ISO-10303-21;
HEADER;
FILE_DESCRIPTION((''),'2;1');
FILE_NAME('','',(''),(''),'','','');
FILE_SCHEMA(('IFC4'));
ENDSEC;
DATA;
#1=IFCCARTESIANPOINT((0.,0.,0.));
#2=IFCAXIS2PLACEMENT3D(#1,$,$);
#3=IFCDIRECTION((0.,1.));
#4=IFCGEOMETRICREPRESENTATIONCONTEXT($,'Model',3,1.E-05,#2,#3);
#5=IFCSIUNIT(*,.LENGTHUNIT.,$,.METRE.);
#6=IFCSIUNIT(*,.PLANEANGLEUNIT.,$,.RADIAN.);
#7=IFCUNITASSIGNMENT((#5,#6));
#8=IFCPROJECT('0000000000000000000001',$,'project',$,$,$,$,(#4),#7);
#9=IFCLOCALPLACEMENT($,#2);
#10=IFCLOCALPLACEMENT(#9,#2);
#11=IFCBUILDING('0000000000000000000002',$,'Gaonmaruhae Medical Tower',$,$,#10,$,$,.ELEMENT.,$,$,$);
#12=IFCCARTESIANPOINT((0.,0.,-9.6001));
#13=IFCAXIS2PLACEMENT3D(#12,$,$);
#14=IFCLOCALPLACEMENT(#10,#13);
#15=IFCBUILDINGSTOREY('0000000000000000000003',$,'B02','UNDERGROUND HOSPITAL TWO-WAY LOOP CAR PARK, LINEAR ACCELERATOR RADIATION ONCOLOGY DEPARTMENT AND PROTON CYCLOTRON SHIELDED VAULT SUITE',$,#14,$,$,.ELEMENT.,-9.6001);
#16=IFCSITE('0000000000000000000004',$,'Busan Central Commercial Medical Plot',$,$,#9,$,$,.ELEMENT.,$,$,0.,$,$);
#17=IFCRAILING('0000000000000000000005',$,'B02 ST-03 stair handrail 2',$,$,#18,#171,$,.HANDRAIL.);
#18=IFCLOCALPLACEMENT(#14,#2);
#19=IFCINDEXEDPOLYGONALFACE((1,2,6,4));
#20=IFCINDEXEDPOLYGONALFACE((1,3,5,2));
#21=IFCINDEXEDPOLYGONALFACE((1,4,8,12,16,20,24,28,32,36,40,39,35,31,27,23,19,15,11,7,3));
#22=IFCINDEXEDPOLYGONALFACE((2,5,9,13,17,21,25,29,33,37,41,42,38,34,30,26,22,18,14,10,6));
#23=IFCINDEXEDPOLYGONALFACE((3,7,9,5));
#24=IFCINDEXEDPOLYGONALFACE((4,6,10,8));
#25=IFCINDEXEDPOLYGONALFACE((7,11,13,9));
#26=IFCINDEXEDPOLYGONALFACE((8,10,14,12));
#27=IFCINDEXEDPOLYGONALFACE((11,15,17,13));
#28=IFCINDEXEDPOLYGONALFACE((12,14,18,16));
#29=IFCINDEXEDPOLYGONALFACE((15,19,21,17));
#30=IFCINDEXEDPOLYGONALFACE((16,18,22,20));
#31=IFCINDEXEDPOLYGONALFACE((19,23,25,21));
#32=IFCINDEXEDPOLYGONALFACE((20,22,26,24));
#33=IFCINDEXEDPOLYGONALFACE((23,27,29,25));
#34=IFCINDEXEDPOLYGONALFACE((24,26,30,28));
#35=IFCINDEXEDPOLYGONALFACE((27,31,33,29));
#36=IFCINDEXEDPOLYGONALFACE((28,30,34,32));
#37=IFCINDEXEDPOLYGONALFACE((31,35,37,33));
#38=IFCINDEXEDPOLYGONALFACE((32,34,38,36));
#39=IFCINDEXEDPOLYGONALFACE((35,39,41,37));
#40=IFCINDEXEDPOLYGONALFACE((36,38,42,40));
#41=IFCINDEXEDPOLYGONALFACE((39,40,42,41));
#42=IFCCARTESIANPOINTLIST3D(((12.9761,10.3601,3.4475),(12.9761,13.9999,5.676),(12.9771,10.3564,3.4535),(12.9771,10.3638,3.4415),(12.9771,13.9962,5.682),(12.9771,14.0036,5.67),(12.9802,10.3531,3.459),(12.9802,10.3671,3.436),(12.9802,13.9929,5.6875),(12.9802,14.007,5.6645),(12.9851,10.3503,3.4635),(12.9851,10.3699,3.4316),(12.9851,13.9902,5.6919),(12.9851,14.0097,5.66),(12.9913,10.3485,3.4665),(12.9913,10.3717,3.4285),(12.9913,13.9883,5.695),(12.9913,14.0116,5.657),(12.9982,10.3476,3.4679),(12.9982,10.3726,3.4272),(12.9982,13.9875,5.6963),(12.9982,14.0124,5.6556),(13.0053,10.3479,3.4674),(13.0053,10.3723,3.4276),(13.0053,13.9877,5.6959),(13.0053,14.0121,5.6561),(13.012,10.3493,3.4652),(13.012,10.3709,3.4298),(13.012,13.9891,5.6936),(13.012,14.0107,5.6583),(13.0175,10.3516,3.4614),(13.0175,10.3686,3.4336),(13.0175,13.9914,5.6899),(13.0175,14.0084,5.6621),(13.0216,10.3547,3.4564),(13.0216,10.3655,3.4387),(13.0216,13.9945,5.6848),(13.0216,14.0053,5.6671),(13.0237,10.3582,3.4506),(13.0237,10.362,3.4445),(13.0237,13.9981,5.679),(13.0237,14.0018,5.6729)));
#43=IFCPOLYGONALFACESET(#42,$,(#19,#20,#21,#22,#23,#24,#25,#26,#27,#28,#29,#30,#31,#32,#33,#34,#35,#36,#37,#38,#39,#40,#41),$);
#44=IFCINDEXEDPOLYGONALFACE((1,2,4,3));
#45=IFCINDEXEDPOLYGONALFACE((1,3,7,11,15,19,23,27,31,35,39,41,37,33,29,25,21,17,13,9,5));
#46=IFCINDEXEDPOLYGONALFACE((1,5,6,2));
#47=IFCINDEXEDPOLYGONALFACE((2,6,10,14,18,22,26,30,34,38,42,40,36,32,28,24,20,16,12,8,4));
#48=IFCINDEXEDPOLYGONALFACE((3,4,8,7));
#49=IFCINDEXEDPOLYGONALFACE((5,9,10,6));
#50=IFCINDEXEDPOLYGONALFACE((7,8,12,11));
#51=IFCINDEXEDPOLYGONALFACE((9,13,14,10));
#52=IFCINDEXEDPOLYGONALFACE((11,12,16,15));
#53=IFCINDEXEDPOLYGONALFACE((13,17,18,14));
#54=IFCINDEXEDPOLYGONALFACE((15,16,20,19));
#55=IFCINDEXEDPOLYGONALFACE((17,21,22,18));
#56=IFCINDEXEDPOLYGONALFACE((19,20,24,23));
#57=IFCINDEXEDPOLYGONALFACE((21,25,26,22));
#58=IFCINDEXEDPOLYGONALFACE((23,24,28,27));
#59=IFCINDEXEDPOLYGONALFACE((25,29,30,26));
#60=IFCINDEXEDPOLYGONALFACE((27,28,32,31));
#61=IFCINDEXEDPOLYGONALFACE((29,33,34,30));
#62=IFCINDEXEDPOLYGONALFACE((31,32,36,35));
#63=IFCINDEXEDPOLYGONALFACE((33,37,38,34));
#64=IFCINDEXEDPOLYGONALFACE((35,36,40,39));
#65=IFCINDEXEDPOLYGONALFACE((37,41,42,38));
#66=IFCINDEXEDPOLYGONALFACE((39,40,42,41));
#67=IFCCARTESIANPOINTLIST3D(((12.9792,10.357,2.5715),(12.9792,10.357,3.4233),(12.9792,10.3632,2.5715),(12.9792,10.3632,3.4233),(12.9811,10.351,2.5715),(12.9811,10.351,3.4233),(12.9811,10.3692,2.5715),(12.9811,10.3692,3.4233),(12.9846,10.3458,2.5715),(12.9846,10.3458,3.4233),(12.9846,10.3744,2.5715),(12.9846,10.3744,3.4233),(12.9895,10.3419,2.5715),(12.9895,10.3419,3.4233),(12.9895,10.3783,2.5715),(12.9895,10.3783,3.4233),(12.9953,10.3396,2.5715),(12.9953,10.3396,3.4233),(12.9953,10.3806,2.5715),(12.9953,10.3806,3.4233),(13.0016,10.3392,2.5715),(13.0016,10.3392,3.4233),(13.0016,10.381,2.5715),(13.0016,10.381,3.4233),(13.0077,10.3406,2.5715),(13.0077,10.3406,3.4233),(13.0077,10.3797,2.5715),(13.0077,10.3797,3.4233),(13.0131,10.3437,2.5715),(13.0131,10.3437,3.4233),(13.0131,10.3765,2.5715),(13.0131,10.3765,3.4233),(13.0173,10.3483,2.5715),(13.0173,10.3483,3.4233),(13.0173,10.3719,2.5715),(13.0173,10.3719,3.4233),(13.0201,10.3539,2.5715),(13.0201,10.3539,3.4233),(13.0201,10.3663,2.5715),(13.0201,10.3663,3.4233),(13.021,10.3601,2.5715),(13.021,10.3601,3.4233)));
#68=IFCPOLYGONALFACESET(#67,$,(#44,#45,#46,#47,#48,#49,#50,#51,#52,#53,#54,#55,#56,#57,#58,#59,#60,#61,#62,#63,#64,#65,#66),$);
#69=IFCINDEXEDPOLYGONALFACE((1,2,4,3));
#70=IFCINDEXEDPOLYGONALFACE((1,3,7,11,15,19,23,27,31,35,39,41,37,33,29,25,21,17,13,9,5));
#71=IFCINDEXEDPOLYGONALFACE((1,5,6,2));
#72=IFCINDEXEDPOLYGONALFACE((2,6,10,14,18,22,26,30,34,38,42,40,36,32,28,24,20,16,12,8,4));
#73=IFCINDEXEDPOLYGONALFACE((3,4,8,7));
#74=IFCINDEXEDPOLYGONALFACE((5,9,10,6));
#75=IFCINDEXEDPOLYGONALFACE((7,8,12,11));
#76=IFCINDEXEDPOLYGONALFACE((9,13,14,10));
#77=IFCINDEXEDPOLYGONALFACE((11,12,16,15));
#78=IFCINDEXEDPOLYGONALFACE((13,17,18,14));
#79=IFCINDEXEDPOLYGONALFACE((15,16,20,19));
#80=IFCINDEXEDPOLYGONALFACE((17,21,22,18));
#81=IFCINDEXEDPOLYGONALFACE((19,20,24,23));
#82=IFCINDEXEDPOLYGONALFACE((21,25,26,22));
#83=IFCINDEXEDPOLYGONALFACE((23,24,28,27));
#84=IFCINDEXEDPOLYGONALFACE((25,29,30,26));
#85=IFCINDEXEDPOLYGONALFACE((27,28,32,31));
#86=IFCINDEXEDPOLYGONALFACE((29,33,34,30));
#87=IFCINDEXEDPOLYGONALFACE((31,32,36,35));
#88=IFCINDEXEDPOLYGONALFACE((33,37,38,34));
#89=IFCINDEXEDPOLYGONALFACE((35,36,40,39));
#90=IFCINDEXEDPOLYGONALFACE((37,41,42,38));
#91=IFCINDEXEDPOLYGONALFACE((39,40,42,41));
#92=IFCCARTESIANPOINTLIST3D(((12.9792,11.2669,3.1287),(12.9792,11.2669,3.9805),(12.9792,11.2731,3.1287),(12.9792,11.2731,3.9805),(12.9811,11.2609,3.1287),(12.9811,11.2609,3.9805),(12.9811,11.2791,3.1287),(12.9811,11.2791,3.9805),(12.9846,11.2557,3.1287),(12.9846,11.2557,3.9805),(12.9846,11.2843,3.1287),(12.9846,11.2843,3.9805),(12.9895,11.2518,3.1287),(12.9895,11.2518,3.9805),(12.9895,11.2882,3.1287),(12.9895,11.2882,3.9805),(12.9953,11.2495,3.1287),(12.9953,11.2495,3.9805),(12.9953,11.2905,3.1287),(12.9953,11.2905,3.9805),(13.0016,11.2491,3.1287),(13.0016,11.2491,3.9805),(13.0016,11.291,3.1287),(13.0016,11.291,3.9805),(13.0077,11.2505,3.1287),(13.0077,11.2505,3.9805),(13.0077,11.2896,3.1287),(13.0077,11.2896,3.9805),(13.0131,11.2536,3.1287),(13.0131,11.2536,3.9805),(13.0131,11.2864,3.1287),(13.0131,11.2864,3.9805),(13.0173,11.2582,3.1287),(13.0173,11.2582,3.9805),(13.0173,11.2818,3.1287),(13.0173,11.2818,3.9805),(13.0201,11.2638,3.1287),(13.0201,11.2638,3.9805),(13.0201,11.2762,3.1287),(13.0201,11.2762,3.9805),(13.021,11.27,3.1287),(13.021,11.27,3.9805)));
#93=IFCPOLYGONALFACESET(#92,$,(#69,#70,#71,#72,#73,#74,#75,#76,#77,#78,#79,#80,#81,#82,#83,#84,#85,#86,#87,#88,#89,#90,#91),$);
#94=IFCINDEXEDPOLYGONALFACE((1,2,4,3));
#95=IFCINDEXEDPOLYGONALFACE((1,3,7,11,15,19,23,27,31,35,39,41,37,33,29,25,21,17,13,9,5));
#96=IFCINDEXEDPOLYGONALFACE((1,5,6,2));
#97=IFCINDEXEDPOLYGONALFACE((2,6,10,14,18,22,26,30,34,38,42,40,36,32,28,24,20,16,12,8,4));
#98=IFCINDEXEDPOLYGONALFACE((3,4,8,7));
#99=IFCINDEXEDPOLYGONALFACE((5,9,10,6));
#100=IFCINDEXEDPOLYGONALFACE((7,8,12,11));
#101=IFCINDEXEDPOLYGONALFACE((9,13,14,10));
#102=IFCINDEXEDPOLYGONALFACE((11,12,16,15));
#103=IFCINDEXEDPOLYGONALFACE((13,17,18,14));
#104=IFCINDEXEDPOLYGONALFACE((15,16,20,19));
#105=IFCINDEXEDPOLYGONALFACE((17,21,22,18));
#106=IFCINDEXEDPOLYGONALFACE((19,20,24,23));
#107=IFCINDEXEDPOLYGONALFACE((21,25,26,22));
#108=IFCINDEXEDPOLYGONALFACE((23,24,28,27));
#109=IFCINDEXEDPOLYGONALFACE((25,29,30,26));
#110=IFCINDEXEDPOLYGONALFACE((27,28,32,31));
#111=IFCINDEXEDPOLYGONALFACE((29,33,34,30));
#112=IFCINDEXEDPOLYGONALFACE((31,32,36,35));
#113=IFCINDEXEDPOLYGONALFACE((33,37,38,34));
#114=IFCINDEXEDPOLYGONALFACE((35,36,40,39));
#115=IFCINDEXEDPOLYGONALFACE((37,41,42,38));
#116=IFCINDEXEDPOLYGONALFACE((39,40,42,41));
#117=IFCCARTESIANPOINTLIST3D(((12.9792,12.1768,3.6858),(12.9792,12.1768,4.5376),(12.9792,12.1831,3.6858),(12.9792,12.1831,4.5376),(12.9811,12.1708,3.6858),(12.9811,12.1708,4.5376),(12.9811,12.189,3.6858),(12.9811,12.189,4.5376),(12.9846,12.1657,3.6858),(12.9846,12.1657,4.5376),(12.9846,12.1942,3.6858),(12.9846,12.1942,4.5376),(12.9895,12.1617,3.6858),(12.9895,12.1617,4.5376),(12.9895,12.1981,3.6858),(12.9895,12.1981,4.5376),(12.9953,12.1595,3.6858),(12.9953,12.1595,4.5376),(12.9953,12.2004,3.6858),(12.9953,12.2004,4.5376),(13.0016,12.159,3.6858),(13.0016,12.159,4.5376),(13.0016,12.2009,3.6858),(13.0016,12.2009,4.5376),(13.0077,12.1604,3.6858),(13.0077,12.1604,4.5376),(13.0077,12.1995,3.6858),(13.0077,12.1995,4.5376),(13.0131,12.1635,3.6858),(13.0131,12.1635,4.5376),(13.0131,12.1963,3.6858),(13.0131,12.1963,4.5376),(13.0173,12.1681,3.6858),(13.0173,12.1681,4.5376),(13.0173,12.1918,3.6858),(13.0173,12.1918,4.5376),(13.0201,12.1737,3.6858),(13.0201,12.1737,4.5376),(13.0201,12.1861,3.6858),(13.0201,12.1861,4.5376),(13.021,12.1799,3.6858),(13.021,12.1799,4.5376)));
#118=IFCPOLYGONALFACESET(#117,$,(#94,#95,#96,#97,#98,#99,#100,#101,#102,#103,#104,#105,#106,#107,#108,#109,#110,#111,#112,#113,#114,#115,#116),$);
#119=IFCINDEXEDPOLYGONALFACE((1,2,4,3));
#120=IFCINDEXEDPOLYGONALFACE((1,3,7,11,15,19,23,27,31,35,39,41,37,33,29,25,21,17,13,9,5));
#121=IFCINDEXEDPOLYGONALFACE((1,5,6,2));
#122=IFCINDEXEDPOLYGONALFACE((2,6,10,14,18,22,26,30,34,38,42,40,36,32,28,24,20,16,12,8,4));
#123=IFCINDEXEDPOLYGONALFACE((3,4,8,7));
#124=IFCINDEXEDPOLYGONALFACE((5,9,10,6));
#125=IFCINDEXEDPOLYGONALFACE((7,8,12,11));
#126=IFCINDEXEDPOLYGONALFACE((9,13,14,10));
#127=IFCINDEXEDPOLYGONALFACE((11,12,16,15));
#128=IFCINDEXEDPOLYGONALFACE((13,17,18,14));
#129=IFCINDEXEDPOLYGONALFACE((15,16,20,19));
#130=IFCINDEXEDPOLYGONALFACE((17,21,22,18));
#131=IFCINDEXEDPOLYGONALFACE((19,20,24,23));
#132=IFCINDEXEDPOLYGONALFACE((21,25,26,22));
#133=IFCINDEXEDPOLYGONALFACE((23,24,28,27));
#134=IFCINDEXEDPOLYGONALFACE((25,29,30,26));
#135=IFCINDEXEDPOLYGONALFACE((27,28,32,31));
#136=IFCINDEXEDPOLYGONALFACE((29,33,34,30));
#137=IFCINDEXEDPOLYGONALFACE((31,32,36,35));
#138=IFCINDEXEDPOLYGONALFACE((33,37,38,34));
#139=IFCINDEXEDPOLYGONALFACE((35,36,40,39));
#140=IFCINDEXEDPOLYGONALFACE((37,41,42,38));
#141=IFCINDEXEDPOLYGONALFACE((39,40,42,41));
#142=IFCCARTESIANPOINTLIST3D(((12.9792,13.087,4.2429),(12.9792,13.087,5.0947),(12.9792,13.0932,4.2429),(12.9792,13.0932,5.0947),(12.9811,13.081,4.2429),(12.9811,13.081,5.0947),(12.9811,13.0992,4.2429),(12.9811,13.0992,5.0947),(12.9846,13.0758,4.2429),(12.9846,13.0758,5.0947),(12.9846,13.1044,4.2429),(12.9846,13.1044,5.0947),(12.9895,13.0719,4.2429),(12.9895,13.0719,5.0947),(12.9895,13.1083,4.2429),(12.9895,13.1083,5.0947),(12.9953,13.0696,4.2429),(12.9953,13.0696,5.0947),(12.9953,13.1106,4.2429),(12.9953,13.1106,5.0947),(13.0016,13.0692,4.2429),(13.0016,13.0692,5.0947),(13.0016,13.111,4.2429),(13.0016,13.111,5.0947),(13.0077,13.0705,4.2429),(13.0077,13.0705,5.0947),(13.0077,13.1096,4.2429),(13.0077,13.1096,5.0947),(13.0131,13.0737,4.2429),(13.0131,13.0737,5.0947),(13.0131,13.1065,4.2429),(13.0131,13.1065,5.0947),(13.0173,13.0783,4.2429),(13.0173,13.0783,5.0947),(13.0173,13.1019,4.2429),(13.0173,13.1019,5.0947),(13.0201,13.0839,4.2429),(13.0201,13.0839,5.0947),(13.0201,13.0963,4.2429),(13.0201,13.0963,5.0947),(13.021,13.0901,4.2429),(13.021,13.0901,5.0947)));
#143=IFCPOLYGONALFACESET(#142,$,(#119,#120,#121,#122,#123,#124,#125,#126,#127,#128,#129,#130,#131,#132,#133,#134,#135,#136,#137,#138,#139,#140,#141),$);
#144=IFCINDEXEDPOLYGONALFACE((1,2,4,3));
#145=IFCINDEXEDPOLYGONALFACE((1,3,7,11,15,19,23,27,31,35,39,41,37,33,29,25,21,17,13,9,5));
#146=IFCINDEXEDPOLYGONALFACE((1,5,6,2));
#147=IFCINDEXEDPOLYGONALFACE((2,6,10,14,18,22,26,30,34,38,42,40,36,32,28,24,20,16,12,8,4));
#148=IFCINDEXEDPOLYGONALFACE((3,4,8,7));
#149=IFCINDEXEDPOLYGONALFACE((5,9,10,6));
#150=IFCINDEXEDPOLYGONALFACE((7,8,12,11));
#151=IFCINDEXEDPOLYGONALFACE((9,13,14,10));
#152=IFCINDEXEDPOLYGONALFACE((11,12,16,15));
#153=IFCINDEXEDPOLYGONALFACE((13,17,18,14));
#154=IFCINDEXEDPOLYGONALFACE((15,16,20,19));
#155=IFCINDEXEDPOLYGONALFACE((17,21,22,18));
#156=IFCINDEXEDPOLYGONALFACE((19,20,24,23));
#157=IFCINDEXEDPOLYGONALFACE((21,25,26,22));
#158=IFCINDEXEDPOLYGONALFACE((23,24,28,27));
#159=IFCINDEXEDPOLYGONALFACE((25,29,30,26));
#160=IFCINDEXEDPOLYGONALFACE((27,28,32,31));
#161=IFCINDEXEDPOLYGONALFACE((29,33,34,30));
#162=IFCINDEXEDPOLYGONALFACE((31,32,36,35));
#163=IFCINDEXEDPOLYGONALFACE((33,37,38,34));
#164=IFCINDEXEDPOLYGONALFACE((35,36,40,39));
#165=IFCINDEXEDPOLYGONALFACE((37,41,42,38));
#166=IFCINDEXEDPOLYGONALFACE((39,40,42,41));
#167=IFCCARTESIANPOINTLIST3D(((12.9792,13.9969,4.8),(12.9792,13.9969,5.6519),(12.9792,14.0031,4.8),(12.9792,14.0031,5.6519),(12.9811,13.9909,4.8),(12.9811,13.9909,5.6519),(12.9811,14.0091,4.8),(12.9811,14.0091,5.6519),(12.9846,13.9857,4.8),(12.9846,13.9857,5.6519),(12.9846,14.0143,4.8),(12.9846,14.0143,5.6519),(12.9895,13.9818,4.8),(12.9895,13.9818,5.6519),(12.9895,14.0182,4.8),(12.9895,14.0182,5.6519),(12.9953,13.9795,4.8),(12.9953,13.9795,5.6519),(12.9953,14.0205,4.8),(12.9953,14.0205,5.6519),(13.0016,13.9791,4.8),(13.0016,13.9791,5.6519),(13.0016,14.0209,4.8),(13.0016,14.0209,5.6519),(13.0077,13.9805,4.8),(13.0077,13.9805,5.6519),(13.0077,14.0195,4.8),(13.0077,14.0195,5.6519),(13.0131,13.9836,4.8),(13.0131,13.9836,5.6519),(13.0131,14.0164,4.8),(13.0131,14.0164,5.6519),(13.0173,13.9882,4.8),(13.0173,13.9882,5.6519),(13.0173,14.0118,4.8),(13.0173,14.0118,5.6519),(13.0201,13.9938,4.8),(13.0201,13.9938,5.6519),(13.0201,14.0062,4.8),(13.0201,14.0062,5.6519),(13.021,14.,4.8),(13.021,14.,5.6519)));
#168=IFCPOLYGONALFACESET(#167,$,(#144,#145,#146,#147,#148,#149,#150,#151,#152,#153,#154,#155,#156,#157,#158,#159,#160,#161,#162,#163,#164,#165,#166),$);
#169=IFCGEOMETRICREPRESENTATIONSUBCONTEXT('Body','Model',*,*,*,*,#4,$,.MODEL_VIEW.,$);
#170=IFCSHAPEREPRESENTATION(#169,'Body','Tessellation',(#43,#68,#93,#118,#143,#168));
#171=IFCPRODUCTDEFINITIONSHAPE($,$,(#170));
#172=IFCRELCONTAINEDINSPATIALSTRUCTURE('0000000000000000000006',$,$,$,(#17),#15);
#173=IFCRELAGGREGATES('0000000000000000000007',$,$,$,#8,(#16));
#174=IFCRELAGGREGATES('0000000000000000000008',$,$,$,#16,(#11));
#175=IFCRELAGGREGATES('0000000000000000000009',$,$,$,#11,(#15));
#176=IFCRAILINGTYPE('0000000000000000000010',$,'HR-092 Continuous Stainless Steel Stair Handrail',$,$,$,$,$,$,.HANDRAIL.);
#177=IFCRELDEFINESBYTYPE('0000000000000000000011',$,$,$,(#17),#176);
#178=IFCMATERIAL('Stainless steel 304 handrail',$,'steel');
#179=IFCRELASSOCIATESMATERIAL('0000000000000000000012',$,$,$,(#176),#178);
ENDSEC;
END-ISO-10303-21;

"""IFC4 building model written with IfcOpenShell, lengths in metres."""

from ifc_helpers import new_model, si_unit, direction, frame, origin, origin_2d, place, context, subcontext, project, spatial, circle, extrude, material, type_object, element, save


model = new_model("IFC4")

# Units and contexts
model_context = context("Model", 3, precision=1e-05, world=origin(), true_north=direction((0.0, 1.0)))
body_context = subcontext(model_context, "Body", "Model", "MODEL_VIEW")
ifc_project = project(units=[si_unit("LENGTHUNIT", "METRE"), si_unit("PLANEANGLEUNIT", "RADIAN")], contexts=[model_context])

# Site, building, storey
site_placement = place(None, origin())
site = spatial("IfcSite", under=ifc_project, at=site_placement, Name="Busan Central Commercial Medical Plot", CompositionType="ELEMENT", RefElevation=0.0)
building_placement = place(site_placement, origin())
building = spatial("IfcBuilding", under=site, at=building_placement, Name="Gaonmaruhae Medical Tower", CompositionType="ELEMENT")
storey_placement = place(building_placement, frame((0.0, 0.0, -9.6001)))
storey = spatial("IfcBuildingStorey", under=building, at=storey_placement, Name="B02", Description="UNDERGROUND HOSPITAL TWO-WAY LOOP CAR PARK, LINEAR ACCELERATOR RADIATION ONCOLOGY DEPARTMENT AND PROTON CYCLOTRON SHIELDED VAULT SUITE", CompositionType="ELEMENT", Elevation=-9.6001)

# Railing
ifc_material_1 = material(Name="Stainless steel 304 handrail", Category="steel")
railing_type_1 = type_object("IfcRailingType", Name="HR-092 Continuous Stainless Steel Stair Handrail", PredefinedType="HANDRAIL", material=ifc_material_1)
railing_1_placement = place(storey_placement, frame((13.0, 10.3601, 2.5715)))
element("IfcRailing", 1, at=railing_1_placement, inside=storey, type_object=railing_type_1, Name="B02 ST-03 stair handrail 2", PredefinedType="HANDRAIL", context=body_context, shape_type="SweptSolid", body=[
    extrude(circle(Radius=0.0239, at=origin_2d()), frame((0.0, 0.0, 0.876), z_axis=(0.0, 0.85285, 0.522156), x_axis=(-1.0, 0.0, 0.0)), (0.0, 0.0, 1.0), 4.2678),
    extrude(circle(Radius=0.021, at=origin_2d()), origin(), (0.0, 0.0, 1.0), 0.8518),
    extrude(circle(Radius=0.021, at=origin_2d()), frame((0.0, 0.9099, 0.5571)), (0.0, 0.0, 1.0), 0.8518),
    extrude(circle(Radius=0.021, at=origin_2d()), frame((0.0, 1.8198, 1.1143)), (0.0, 0.0, 1.0), 0.8518),
    extrude(circle(Radius=0.021, at=origin_2d()), frame((0.0, 2.73, 1.6714)), (0.0, 0.0, 1.0), 0.8518),
    extrude(circle(Radius=0.021, at=origin_2d()), frame((0.0, 3.6399, 2.2285)), (0.0, 0.0, 1.0), 0.8518),
])

save(model, "model.ifc")
